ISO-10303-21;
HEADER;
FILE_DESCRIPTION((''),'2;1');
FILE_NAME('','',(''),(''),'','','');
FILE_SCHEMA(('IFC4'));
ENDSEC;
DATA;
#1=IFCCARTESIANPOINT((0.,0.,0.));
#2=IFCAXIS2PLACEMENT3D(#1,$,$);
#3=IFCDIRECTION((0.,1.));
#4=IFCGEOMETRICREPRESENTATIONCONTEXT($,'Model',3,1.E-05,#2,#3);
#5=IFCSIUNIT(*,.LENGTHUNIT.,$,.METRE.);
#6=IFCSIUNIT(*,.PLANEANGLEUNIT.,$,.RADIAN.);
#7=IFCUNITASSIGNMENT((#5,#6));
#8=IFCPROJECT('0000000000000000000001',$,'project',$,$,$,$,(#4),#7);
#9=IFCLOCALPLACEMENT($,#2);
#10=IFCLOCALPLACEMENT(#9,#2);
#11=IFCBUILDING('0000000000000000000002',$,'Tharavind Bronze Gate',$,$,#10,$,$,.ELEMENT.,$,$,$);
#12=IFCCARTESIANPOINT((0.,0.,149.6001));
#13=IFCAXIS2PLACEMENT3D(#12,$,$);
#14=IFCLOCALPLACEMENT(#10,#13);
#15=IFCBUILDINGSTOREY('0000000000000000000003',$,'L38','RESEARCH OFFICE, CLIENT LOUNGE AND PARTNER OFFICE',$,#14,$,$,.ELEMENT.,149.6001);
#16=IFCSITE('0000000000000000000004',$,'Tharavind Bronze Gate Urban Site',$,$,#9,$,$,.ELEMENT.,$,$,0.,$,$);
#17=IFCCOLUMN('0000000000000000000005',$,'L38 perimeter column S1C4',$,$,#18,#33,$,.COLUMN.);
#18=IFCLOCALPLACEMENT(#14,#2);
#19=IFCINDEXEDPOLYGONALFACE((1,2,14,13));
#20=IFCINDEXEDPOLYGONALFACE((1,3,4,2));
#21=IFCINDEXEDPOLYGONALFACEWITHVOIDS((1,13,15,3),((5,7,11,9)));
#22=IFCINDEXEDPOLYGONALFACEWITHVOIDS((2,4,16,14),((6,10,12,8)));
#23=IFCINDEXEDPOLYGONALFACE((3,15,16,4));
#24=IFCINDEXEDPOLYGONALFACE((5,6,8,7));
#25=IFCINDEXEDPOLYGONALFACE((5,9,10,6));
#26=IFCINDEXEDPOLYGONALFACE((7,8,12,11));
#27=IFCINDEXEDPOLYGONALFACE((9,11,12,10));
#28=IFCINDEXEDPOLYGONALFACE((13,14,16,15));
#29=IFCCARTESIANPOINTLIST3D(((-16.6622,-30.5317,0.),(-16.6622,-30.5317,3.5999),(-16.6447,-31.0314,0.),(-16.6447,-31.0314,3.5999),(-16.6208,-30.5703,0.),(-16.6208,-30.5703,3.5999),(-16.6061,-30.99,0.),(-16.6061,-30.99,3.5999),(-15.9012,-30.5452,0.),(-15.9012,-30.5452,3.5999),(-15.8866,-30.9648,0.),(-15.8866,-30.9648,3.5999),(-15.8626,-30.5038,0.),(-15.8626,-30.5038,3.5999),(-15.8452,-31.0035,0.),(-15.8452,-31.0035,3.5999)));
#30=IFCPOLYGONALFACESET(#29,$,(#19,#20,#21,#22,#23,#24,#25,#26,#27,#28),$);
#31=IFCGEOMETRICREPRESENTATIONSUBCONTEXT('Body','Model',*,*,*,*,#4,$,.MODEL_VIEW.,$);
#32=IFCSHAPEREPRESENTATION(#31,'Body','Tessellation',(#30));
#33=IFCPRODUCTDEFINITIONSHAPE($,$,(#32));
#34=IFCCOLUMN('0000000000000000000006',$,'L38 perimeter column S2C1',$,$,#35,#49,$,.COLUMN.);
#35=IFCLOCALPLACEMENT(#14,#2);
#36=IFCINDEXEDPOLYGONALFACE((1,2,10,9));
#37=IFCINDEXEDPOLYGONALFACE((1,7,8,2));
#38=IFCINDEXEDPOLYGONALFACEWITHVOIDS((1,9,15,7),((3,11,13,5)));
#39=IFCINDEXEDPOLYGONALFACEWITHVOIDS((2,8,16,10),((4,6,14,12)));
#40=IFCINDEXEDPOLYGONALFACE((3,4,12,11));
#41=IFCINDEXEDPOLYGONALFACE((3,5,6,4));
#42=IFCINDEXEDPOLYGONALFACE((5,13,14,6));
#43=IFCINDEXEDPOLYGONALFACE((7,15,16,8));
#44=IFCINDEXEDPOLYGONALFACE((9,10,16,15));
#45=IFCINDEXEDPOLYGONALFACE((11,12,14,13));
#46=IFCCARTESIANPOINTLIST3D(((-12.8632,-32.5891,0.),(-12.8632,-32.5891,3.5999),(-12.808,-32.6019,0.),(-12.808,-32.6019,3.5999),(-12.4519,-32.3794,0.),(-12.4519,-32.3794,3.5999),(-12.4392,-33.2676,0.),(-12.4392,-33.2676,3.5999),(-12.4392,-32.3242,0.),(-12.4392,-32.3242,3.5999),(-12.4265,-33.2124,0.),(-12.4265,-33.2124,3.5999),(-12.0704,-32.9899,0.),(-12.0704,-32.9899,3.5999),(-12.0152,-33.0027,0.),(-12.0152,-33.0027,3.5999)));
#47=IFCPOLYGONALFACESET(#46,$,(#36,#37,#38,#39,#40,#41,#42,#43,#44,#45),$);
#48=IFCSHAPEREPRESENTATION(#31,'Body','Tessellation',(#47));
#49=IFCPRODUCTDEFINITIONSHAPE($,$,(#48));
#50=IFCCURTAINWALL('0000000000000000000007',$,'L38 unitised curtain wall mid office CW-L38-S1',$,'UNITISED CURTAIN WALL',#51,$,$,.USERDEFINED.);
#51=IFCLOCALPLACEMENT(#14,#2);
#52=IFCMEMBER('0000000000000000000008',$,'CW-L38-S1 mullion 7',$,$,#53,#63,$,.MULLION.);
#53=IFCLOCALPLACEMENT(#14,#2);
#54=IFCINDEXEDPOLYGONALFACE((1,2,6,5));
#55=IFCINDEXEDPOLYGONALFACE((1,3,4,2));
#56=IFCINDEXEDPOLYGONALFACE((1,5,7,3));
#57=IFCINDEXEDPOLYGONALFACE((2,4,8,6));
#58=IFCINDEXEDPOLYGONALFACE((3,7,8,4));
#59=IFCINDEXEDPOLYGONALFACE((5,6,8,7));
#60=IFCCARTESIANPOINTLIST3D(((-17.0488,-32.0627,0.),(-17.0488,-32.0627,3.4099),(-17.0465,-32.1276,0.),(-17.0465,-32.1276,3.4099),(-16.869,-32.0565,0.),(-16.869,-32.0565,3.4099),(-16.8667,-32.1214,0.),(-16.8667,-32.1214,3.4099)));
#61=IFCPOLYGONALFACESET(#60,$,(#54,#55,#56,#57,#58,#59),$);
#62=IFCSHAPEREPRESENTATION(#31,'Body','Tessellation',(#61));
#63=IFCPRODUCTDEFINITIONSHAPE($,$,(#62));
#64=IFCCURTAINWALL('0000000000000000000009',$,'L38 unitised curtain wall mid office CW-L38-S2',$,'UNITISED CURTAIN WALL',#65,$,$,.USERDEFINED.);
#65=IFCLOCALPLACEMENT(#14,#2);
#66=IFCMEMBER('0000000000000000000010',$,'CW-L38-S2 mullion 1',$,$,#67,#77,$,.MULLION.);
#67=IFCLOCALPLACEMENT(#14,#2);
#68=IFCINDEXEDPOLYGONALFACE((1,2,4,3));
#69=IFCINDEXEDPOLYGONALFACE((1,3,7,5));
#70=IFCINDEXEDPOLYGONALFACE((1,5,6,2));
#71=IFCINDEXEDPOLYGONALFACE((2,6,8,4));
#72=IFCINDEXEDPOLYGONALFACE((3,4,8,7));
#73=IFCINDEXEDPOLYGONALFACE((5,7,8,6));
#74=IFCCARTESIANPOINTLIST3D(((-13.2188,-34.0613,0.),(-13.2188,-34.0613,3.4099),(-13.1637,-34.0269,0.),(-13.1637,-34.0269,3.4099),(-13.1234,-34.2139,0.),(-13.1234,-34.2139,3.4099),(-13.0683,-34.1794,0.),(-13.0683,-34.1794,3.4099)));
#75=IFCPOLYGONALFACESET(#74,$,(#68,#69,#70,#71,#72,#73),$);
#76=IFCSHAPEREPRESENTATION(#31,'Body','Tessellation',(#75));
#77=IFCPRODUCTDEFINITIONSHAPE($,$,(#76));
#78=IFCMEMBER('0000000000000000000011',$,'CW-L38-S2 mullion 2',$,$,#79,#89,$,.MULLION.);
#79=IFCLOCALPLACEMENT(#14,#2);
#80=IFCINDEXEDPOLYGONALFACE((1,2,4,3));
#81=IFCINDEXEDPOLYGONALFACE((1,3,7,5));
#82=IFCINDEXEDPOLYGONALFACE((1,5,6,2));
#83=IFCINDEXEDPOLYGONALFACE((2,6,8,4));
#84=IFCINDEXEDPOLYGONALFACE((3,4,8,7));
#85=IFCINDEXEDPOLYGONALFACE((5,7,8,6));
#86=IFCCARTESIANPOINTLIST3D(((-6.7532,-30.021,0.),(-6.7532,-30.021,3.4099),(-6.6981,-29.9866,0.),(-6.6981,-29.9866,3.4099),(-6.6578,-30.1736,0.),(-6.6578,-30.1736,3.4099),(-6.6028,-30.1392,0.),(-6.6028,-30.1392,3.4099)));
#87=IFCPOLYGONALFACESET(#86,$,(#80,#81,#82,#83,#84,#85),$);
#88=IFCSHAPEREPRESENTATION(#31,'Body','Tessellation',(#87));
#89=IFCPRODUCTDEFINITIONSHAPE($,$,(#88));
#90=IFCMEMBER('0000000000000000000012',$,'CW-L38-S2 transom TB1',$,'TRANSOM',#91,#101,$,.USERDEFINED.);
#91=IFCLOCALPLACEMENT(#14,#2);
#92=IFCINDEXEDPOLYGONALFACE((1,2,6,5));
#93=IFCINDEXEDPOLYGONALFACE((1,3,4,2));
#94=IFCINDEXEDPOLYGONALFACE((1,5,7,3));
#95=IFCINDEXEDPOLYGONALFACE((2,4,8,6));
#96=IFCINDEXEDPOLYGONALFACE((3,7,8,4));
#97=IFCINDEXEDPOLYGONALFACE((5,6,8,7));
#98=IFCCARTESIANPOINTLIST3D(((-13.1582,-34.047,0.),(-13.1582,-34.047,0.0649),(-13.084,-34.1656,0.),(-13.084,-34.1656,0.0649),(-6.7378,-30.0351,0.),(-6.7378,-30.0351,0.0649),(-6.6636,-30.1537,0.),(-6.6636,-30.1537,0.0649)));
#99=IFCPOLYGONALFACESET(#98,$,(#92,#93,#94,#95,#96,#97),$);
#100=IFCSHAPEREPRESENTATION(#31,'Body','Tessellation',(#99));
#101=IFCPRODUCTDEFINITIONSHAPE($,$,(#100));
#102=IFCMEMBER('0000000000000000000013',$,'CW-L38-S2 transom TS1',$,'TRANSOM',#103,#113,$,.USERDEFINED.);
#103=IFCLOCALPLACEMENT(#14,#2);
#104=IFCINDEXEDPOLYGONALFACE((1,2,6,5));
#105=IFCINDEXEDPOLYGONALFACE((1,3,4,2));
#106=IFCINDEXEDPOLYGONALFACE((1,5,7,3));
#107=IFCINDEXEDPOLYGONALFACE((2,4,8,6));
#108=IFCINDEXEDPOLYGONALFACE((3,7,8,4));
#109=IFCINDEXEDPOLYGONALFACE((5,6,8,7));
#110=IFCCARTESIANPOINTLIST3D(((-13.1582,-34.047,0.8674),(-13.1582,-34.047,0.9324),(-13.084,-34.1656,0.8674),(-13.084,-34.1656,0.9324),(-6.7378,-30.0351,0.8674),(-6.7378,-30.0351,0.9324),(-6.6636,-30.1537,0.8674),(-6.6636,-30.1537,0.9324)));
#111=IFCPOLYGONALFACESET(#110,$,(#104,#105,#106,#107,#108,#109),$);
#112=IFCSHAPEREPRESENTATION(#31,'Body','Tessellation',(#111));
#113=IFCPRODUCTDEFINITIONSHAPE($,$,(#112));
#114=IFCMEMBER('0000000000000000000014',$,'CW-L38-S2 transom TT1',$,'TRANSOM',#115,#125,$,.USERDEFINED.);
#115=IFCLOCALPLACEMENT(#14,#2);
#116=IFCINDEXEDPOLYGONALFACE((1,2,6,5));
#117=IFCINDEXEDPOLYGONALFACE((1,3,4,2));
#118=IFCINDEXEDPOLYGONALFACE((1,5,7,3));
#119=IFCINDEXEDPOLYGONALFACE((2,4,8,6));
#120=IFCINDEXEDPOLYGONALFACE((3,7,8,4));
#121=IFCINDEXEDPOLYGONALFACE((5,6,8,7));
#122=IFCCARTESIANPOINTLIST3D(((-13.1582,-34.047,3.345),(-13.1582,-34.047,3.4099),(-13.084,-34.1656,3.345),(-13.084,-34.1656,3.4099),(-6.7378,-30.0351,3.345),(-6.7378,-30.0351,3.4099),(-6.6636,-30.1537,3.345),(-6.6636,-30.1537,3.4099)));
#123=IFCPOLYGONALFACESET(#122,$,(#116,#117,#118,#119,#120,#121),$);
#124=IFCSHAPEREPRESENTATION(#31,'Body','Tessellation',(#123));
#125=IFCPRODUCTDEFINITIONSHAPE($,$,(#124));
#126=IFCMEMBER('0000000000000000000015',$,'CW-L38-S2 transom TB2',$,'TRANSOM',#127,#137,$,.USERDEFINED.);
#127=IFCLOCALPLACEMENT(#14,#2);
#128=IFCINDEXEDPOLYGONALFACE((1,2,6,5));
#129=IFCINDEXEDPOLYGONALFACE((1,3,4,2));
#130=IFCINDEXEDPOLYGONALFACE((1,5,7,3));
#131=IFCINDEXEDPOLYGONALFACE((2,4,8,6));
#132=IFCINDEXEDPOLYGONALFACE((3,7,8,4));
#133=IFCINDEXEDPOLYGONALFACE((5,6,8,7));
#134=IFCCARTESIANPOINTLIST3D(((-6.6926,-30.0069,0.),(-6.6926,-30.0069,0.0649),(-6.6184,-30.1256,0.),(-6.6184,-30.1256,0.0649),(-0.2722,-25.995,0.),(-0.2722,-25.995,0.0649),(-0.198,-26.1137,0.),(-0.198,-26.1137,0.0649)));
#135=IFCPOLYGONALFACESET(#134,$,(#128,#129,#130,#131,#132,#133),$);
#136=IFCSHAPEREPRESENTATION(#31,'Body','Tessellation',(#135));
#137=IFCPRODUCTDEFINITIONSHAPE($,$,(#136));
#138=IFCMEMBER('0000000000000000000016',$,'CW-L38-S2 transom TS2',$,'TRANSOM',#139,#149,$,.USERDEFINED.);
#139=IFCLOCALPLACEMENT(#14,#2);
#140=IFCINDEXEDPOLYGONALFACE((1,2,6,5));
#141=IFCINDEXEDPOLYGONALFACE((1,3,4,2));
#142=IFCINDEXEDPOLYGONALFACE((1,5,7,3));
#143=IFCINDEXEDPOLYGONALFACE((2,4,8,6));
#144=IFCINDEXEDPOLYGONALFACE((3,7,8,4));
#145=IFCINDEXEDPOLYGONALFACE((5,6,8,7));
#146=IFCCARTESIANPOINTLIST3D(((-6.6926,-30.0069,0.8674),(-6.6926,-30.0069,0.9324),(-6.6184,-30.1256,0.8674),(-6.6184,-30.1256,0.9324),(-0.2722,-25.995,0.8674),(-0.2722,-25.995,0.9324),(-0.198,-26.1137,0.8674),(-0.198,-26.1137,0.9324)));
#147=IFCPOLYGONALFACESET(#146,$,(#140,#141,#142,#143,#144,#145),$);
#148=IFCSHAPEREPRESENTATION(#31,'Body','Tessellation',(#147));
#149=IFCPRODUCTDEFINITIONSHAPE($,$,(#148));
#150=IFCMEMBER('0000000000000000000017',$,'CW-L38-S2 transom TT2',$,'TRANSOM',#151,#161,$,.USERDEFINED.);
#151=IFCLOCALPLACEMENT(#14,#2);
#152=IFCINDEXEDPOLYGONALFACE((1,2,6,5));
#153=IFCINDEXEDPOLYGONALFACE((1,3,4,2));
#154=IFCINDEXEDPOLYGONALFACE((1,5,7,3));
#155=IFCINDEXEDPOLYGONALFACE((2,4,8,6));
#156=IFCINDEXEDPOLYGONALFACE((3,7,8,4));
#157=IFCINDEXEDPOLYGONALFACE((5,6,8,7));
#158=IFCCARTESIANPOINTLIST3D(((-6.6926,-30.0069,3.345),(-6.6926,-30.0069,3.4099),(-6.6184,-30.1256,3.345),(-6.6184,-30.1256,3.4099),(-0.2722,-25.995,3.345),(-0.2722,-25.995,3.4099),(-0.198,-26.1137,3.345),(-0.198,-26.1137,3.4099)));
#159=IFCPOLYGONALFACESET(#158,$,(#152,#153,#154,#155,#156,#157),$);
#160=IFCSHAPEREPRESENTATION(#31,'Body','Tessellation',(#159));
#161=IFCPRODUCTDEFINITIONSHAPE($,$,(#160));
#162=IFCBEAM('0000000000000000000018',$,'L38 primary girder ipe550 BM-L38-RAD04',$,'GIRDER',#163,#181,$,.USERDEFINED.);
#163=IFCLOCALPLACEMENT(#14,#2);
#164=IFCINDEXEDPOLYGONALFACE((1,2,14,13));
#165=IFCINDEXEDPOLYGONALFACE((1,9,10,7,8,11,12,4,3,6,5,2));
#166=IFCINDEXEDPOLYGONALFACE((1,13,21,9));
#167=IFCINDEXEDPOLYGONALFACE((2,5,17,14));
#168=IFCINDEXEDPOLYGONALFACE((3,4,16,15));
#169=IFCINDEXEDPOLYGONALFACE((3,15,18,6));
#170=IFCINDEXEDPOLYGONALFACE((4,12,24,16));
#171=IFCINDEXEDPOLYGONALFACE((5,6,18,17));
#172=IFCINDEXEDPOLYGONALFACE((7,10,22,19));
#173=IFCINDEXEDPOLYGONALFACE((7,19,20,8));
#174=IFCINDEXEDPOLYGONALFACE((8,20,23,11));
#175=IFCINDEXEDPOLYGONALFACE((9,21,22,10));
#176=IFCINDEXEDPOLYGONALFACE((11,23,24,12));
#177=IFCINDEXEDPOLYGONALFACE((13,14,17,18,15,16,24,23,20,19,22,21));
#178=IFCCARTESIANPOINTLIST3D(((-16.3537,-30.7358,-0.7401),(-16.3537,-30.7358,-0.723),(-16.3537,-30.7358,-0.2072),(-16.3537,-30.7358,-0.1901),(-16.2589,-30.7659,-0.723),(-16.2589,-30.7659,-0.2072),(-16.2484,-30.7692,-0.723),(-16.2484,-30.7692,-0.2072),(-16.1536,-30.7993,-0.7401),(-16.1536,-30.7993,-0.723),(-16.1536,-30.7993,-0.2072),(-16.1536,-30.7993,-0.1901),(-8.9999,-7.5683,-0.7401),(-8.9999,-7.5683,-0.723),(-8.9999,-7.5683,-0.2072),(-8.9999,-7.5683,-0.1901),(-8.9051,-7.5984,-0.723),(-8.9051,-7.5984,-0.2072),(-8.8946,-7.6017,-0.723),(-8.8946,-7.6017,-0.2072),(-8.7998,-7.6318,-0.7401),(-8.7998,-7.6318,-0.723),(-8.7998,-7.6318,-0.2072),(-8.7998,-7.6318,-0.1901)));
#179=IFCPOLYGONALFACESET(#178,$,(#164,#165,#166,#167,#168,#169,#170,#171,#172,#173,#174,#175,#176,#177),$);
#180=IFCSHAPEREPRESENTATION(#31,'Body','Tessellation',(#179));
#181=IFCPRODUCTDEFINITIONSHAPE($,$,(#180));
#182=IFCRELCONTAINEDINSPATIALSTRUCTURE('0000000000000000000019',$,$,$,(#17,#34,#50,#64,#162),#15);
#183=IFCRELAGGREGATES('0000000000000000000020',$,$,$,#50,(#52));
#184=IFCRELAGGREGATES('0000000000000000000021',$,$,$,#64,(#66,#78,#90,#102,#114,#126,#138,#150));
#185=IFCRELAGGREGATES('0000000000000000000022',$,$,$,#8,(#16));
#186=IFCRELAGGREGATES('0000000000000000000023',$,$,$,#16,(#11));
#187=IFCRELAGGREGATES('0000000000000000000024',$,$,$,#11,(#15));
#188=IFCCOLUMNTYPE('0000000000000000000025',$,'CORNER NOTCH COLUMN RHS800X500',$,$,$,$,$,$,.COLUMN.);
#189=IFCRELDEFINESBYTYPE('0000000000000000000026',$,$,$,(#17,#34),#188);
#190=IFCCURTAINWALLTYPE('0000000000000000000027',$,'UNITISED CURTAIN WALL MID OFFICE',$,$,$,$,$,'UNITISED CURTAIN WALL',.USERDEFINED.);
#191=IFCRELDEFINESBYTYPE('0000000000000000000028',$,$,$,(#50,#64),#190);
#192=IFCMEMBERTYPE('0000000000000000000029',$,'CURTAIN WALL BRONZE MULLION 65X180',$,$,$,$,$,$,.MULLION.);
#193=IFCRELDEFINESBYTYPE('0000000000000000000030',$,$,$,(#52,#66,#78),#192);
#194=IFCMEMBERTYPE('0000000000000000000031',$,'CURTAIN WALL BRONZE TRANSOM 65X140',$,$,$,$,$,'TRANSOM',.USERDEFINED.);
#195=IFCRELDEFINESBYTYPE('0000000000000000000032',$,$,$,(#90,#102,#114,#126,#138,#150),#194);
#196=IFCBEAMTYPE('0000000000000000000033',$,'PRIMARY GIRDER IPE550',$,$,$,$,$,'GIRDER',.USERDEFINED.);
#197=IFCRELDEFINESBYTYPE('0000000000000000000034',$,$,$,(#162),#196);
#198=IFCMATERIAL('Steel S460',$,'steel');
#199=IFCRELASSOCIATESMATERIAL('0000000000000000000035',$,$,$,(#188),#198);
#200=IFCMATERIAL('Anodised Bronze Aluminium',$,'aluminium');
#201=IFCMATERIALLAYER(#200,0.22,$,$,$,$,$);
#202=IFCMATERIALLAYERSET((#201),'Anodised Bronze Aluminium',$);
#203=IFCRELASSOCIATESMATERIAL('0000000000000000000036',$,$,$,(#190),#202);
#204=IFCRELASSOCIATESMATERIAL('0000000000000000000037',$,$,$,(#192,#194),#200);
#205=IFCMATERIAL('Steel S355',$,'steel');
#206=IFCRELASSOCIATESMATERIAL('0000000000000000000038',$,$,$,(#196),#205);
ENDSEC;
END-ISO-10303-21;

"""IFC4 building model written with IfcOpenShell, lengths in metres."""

from ifc_helpers import new_model, si_unit, direction, frame, origin, origin_2d, place, context, subcontext, project, spatial, rectangle, hollow_rectangle, i_section, extrude, material, layer, layer_set, material_profile, profile_set, type_object, element, aggregate, save


model = new_model("IFC4")

# Units and contexts
model_context = context("Model", 3, precision=1e-05, world=origin(), true_north=direction((0.0, 1.0)))
body_context = subcontext(model_context, "Body", "Model", "MODEL_VIEW")
ifc_project = project(units=[si_unit("LENGTHUNIT", "METRE"), si_unit("PLANEANGLEUNIT", "RADIAN")], contexts=[model_context])

# Site, building, storey
site_placement = place(None, origin())
site = spatial("IfcSite", under=ifc_project, at=site_placement, Name="Tharavind Bronze Gate Urban Site", CompositionType="ELEMENT", RefElevation=0.0)
building_placement = place(site_placement, origin())
building = spatial("IfcBuilding", under=site, at=building_placement, Name="Tharavind Bronze Gate", CompositionType="ELEMENT")
storey_placement = place(building_placement, frame((0.0, 0.0, 149.6001)))
storey = spatial("IfcBuildingStorey", under=building, at=storey_placement, Name="L38", Description="RESEARCH OFFICE, CLIENT LOUNGE AND PARTNER OFFICE", CompositionType="ELEMENT", Elevation=149.6001)

# Columns
ifc_material_1 = material(Name="Steel S460", Category="steel")
ifc_material_profile_1 = material_profile(ifc_material_1, hollow_rectangle(XDim=0.5, YDim=0.8, WallThickness=0.04, at=origin_2d()), Name="RHS800X500X40")
ifc_profile_set_1 = profile_set([ifc_material_profile_1], Name="Steel S460")
column_type = type_object("IfcColumnType", Name="CORNER NOTCH COLUMN RHS800X500", PredefinedType="COLUMN", material=ifc_profile_set_1)
for number, where, z_axis, x_axis, name in (
    (1, (-16.2537, -30.7676, 0.0), (0.0, 0.0, 1.0), (-0.034899, 0.999391, 0.0), "L38 perimeter column S1C4"),
    (2, (-12.4392, -32.7959, 0.0), (0.0, 0.0, 1.0), (0.848047, 0.529921, 0.0), "L38 perimeter column S2C1"),
):
    element("IfcColumn", number, at=place(storey_placement, frame(where, z_axis=z_axis, x_axis=x_axis)), inside=storey, type_object=column_type, Name=name, PredefinedType="COLUMN", context=body_context, shape_type="SweptSolid", body=[
        extrude(hollow_rectangle(XDim=0.5, YDim=0.8, WallThickness=0.04, at=origin_2d()), origin(), (0.0, 0.0, 1.0), 3.5999),
    ])

# Curtain wall, member
ifc_material_2 = material(Name="Anodised Bronze Aluminium", Category="aluminium")
ifc_layer_1 = layer(ifc_material_2, 0.22)
ifc_layer_set_1 = layer_set([ifc_layer_1], Name="Anodised Bronze Aluminium")
curtain_wall_type = type_object("IfcCurtainWallType", Name="UNITISED CURTAIN WALL MID OFFICE", ElementType="UNITISED CURTAIN WALL", PredefinedType="USERDEFINED", material=ifc_layer_set_1)
curtain_wall_1_placement = place(storey_placement, origin())
curtain_wall_1 = element("IfcCurtainWall", 3, at=curtain_wall_1_placement, inside=storey, type_object=curtain_wall_type, Name="L38 unitised curtain wall mid office CW-L38-S1", ObjectType="UNITISED CURTAIN WALL", PredefinedType="USERDEFINED")
member_type_1 = type_object("IfcMemberType", Name="CURTAIN WALL BRONZE MULLION 65X180", PredefinedType="MULLION", material=ifc_material_2)
member_1_placement = place(storey_placement, frame((-16.9578, -32.092, 0.0), z_axis=(0.0, 0.0, 1.0), x_axis=(0.034899, -0.999391, 0.0)))
member_1 = element("IfcMember", 4, at=member_1_placement, type_object=member_type_1, Name="CW-L38-S1 mullion 7", PredefinedType="MULLION", context=body_context, shape_type="SweptSolid", body=[
    extrude(rectangle(XDim=0.0649, YDim=0.1799, at=origin_2d()), origin(), (0.0, 0.0, 1.0), 3.4099),
])
aggregate(curtain_wall_1, [member_1])

# Curtain wall, members
curtain_wall_2_placement = place(storey_placement, origin())
curtain_wall_2 = element("IfcCurtainWall", 5, at=curtain_wall_2_placement, inside=storey, type_object=curtain_wall_type, Name="L38 unitised curtain wall mid office CW-L38-S2", ObjectType="UNITISED CURTAIN WALL", PredefinedType="USERDEFINED")
member_2_placement = place(storey_placement, frame((-13.1436, -34.1204, 0.0), z_axis=(0.0, 0.0, 1.0), x_axis=(0.848048, 0.529919, 0.0)))
member_2 = element("IfcMember", 6, at=member_2_placement, type_object=member_type_1, Name="CW-L38-S2 mullion 1", PredefinedType="MULLION", context=body_context, shape_type="SweptSolid", body=[
    extrude(rectangle(XDim=0.0649, YDim=0.1799, at=origin_2d()), origin(), (0.0, 0.0, 1.0), 3.4099),
])
member_3_placement = place(storey_placement, frame((-6.678, -30.0801, 0.0), z_axis=(0.0, 0.0, 1.0), x_axis=(0.848048, 0.529919, 0.0)))
member_3 = element("IfcMember", 7, at=member_3_placement, type_object=member_type_1, Name="CW-L38-S2 mullion 2", PredefinedType="MULLION", context=body_context, shape_type="SweptSolid", body=[
    extrude(rectangle(XDim=0.0649, YDim=0.1799, at=origin_2d()), origin(), (0.0, 0.0, 1.0), 3.4099),
])
member_type_2 = type_object("IfcMemberType", Name="CURTAIN WALL BRONZE TRANSOM 65X140", ElementType="TRANSOM", PredefinedType="USERDEFINED", material=ifc_material_2)
member_4_placement = place(storey_placement, frame((-9.9109, -32.1003, 0.0), z_axis=(0.0, 0.0, 1.0), x_axis=(0.848048, 0.529919, 0.0)))
member_4 = element("IfcMember", 8, at=member_4_placement, type_object=member_type_2, Name="CW-L38-S2 transom TB1", ObjectType="TRANSOM", PredefinedType="USERDEFINED", context=body_context, shape_type="SweptSolid", body=[
    extrude(rectangle(XDim=7.5708, YDim=0.1399, at=origin_2d()), origin(), (0.0, 0.0, 1.0), 0.0649),
])
member_5_placement = place(storey_placement, frame((-9.9109, -32.1003, 0.8674), z_axis=(0.0, 0.0, 1.0), x_axis=(0.848048, 0.529919, 0.0)))
member_5 = element("IfcMember", 9, at=member_5_placement, type_object=member_type_2, Name="CW-L38-S2 transom TS1", ObjectType="TRANSOM", PredefinedType="USERDEFINED", context=body_context, shape_type="SweptSolid", body=[
    extrude(rectangle(XDim=7.5708, YDim=0.1399, at=origin_2d()), origin(), (0.0, 0.0, 1.0), 0.0649),
])
member_6_placement = place(storey_placement, frame((-9.9109, -32.1003, 3.345), z_axis=(0.0, 0.0, 1.0), x_axis=(0.848048, 0.529919, 0.0)))
member_6 = element("IfcMember", 10, at=member_6_placement, type_object=member_type_2, Name="CW-L38-S2 transom TT1", ObjectType="TRANSOM", PredefinedType="USERDEFINED", context=body_context, shape_type="SweptSolid", body=[
    extrude(rectangle(XDim=7.5708, YDim=0.1399, at=origin_2d()), origin(), (0.0, 0.0, 1.0), 0.0649),
])
member_7_placement = place(storey_placement, frame((-3.4453, -28.0603, 0.0), z_axis=(0.0, 0.0, 1.0), x_axis=(0.848048, 0.529919, 0.0)))
member_7 = element("IfcMember", 11, at=member_7_placement, type_object=member_type_2, Name="CW-L38-S2 transom TB2", ObjectType="TRANSOM", PredefinedType="USERDEFINED", context=body_context, shape_type="SweptSolid", body=[
    extrude(rectangle(XDim=7.5708, YDim=0.1399, at=origin_2d()), origin(), (0.0, 0.0, 1.0), 0.0649),
])
member_8_placement = place(storey_placement, frame((-3.4453, -28.0603, 0.8674), z_axis=(0.0, 0.0, 1.0), x_axis=(0.848048, 0.529919, 0.0)))
member_8 = element("IfcMember", 12, at=member_8_placement, type_object=member_type_2, Name="CW-L38-S2 transom TS2", ObjectType="TRANSOM", PredefinedType="USERDEFINED", context=body_context, shape_type="SweptSolid", body=[
    extrude(rectangle(XDim=7.5708, YDim=0.1399, at=origin_2d()), origin(), (0.0, 0.0, 1.0), 0.0649),
])
member_9_placement = place(storey_placement, frame((-3.4453, -28.0603, 3.345), z_axis=(0.0, 0.0, 1.0), x_axis=(0.848048, 0.529919, 0.0)))
member_9 = element("IfcMember", 13, at=member_9_placement, type_object=member_type_2, Name="CW-L38-S2 transom TT2", ObjectType="TRANSOM", PredefinedType="USERDEFINED", context=body_context, shape_type="SweptSolid", body=[
    extrude(rectangle(XDim=7.5708, YDim=0.1399, at=origin_2d()), origin(), (0.0, 0.0, 1.0), 0.0649),
])

# Beam
ifc_material_3 = material(Name="Steel S355", Category="steel")
ifc_material_profile_2 = material_profile(ifc_material_3, i_section(OverallWidth=0.21, OverallDepth=0.55, WebThickness=0.011, FlangeThickness=0.0171, at=origin_2d()), Name="IPE550")
ifc_profile_set_2 = profile_set([ifc_material_profile_2], Name="Steel S355")
beam_type_1 = type_object("IfcBeamType", Name="PRIMARY GIRDER IPE550", ElementType="GIRDER", PredefinedType="USERDEFINED", material=ifc_profile_set_2)
beam_1_placement = place(storey_placement, frame((-16.2537, -30.7676, -0.4651), z_axis=(0.302542, 0.953136, 0.0), x_axis=(-0.953136, 0.302542, 0.0)))
element("IfcBeam", 14, at=beam_1_placement, inside=storey, type_object=beam_type_1, Name="L38 primary girder ipe550 BM-L38-RAD04", ObjectType="GIRDER", PredefinedType="USERDEFINED", context=body_context, shape_type="SweptSolid", body=[
    extrude(i_section(OverallWidth=0.21, OverallDepth=0.55, WebThickness=0.011, FlangeThickness=0.0171, at=origin_2d()), origin(), (0.0, 0.0, 1.0), 24.3066),
])

aggregate(curtain_wall_2, [member_2, member_3, member_4, member_5, member_6, member_7, member_8, member_9])

save(model, "model.ifc")
